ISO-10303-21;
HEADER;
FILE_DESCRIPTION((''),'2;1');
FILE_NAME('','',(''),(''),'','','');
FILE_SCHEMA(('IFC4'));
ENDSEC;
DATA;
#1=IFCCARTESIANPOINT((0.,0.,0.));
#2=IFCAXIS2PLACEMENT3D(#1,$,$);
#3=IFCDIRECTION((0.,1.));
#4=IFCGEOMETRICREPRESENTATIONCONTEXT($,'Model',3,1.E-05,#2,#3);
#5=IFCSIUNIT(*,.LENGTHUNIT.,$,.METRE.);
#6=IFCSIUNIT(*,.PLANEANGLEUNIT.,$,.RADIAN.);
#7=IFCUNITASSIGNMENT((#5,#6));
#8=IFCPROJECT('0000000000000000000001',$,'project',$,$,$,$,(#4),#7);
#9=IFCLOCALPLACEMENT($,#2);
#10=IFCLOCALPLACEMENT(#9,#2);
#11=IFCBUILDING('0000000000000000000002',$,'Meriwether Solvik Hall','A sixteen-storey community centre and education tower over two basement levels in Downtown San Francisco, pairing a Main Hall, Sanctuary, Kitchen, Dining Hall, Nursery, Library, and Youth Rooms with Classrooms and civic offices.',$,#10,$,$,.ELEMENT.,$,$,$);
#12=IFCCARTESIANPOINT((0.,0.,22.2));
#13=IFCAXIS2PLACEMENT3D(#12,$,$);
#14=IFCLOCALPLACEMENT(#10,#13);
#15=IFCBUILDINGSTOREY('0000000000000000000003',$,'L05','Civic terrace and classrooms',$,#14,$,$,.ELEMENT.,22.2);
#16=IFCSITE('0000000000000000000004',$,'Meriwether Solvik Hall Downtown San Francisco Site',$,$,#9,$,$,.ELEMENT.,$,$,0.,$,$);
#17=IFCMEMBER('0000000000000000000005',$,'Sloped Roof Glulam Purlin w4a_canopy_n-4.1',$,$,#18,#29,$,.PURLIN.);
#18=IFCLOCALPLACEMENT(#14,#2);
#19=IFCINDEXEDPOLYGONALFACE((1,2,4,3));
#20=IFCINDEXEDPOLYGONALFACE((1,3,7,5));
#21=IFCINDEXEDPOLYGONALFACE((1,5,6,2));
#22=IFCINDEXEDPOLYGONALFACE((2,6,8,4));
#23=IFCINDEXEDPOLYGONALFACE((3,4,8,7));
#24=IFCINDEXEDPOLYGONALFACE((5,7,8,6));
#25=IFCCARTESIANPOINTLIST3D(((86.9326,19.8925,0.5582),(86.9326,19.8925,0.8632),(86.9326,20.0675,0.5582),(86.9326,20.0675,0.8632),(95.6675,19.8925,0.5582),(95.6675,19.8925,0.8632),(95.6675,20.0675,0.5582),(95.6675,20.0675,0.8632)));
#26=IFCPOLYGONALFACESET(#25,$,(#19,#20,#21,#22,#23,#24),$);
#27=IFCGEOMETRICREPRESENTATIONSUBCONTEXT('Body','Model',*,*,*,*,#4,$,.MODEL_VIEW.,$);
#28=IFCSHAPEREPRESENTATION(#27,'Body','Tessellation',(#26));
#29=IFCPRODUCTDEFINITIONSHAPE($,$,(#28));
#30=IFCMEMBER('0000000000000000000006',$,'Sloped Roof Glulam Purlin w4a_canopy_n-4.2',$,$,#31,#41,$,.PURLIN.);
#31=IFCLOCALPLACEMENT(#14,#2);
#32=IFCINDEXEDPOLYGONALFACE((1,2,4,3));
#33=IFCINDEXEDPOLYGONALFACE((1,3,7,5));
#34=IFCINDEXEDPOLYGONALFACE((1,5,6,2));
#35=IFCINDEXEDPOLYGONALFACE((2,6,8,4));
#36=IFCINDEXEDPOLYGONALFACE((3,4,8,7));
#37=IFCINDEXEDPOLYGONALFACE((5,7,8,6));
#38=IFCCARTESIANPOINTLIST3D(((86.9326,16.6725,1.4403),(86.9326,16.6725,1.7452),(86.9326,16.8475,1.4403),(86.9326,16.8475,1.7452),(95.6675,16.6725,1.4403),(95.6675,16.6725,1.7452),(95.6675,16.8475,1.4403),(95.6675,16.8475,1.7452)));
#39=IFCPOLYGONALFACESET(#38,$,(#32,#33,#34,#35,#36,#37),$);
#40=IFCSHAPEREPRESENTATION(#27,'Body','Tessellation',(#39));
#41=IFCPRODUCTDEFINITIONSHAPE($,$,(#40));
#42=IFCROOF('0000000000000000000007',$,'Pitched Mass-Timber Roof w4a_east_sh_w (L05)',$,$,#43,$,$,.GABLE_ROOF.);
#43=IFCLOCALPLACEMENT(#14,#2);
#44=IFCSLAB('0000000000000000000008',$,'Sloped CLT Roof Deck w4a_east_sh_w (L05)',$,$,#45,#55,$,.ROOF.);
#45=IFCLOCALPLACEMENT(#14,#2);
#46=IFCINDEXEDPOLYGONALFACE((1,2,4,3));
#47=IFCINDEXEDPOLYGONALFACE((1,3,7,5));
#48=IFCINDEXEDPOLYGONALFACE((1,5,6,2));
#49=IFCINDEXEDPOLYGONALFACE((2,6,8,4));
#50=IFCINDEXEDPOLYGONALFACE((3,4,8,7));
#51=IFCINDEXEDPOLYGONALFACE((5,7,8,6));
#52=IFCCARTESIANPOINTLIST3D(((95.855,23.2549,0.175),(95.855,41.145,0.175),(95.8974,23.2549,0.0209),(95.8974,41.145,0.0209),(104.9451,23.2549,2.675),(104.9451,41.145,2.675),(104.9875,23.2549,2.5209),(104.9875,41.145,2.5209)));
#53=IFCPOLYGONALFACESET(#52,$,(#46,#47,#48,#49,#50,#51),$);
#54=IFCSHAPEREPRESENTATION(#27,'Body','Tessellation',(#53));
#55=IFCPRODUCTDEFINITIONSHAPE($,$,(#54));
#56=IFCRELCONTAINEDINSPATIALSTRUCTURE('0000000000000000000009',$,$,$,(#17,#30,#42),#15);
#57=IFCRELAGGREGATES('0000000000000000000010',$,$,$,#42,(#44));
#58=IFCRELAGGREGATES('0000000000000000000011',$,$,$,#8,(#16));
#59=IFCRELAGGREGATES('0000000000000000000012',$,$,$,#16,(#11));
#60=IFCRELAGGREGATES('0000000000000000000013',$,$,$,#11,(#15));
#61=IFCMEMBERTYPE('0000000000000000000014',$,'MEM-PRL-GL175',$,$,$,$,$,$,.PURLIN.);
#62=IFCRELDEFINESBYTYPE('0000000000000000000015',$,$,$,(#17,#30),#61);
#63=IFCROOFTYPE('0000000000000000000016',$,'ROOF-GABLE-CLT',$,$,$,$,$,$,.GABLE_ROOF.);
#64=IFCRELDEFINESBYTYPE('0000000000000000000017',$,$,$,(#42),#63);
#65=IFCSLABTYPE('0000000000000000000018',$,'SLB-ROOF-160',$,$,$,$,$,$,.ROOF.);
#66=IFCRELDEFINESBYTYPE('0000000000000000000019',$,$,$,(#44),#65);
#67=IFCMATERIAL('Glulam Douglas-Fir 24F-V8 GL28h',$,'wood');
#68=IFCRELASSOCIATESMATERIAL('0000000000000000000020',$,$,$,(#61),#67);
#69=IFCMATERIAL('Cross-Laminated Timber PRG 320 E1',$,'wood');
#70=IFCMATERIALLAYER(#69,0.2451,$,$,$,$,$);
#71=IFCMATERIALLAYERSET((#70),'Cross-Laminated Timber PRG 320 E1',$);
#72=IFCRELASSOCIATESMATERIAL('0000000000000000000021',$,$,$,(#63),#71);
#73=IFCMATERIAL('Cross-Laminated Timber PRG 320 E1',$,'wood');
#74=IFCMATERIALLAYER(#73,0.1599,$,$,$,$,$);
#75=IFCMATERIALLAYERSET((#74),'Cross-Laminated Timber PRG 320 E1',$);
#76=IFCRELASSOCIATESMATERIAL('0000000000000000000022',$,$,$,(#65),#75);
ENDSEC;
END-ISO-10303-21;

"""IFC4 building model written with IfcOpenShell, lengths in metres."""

from ifc_helpers import new_model, si_unit, direction, frame, origin, origin_2d, place, context, subcontext, project, spatial, polyline, rectangle, outline, extrude, material, layer, layer_set, material_profile, profile_set, type_object, element, aggregate, save


model = new_model("IFC4")

# Units and contexts
model_context = context("Model", 3, precision=1e-05, world=origin(), true_north=direction((0.0, 1.0)))
body_context = subcontext(model_context, "Body", "Model", "MODEL_VIEW")
ifc_project = project(units=[si_unit("LENGTHUNIT", "METRE"), si_unit("PLANEANGLEUNIT", "RADIAN")], contexts=[model_context])

# Site, building, storey
site_placement = place(None, origin())
site = spatial("IfcSite", under=ifc_project, at=site_placement, Name="Meriwether Solvik Hall Downtown San Francisco Site", CompositionType="ELEMENT", RefElevation=0.0)
building_placement = place(site_placement, origin())
building = spatial("IfcBuilding", under=site, at=building_placement, Name="Meriwether Solvik Hall", Description="A sixteen-storey community centre and education tower over two basement levels in Downtown San Francisco, pairing a Main Hall, Sanctuary, Kitchen, Dining Hall, Nursery, Library, and Youth Rooms with Classrooms and civic offices.", CompositionType="ELEMENT")
storey_placement = place(building_placement, frame((0.0, 0.0, 22.2)))
storey = spatial("IfcBuildingStorey", under=building, at=storey_placement, Name="L05", Description="Civic terrace and classrooms", CompositionType="ELEMENT", Elevation=22.2)

# Members
ifc_material_1 = material(Name="Glulam Douglas-Fir 24F-V8 GL28h", Category="wood")
ifc_material_profile_1 = material_profile(ifc_material_1, rectangle(XDim=0.175, YDim=0.3049, at=origin_2d()), Name="GLM-175X305")
ifc_profile_set_1 = profile_set([ifc_material_profile_1], Name="Glulam Douglas-Fir 24F-V8 GL28h")
member_type = type_object("IfcMemberType", Name="MEM-PRL-GL175", PredefinedType="PURLIN", material=ifc_profile_set_1)
for number, where, z_axis, x_axis, name in (
    (1, (86.9326, 19.98, 0.7107), (1.0, 0.0, 0.0), (0.0, 1.0, 0.0), "Sloped Roof Glulam Purlin w4a_canopy_n-4.1"),
    (2, (86.9326, 16.76, 1.5928), (1.0, 0.0, 0.0), (0.0, 1.0, 0.0), "Sloped Roof Glulam Purlin w4a_canopy_n-4.2"),
):
    element("IfcMember", number, at=place(storey_placement, frame(where, z_axis=z_axis, x_axis=x_axis)), inside=storey, type_object=member_type, Name=name, PredefinedType="PURLIN", context=body_context, shape_type="SweptSolid", body=[
        extrude(rectangle(XDim=0.175, YDim=0.3049, at=origin_2d()), origin(), (0.0, 0.0, 1.0), 8.7349),
    ])

# Roof, slab
ifc_material_2 = material(Name="Cross-Laminated Timber PRG 320 E1", Category="wood")
ifc_layer_1 = layer(ifc_material_2, 0.2451)
ifc_layer_set_1 = layer_set([ifc_layer_1], Name="Cross-Laminated Timber PRG 320 E1")
roof_type = type_object("IfcRoofType", Name="ROOF-GABLE-CLT", PredefinedType="GABLE_ROOF", material=ifc_layer_set_1)
roof_placement = place(storey_placement, origin())
roof = element("IfcRoof", 3, at=roof_placement, inside=storey, type_object=roof_type, Name="Pitched Mass-Timber Roof w4a_east_sh_w (L05)", PredefinedType="GABLE_ROOF")
ifc_material_3 = material(Name="Cross-Laminated Timber PRG 320 E1", Category="wood")
ifc_layer_2 = layer(ifc_material_3, 0.1599)
ifc_layer_set_2 = layer_set([ifc_layer_2], Name="Cross-Laminated Timber PRG 320 E1")
slab_type = type_object("IfcSlabType", Name="SLB-ROOF-160", PredefinedType="ROOF", material=ifc_layer_set_2)
slab_placement = place(storey_placement, frame((95.855, 23.2549, 0.175), z_axis=(-0.265179, 0.0, 0.964199), x_axis=(0.964199, 0.0, 0.265179)))
slab = element("IfcSlab", 4, at=slab_placement, type_object=slab_type, Name="Sloped CLT Roof Deck w4a_east_sh_w (L05)", PredefinedType="ROOF", context=body_context, shape_type="SweptSolid", body=[
    extrude(outline(polyline([(0.0, 0.0), (9.4276, 0.0), (9.4276, 17.8901), (0.0, 17.8901), (0.0, 0.0)])), origin(), (0.0, 0.0, -1.0), 0.1599),
])
aggregate(roof, [slab])

save(model, "model.ifc")
